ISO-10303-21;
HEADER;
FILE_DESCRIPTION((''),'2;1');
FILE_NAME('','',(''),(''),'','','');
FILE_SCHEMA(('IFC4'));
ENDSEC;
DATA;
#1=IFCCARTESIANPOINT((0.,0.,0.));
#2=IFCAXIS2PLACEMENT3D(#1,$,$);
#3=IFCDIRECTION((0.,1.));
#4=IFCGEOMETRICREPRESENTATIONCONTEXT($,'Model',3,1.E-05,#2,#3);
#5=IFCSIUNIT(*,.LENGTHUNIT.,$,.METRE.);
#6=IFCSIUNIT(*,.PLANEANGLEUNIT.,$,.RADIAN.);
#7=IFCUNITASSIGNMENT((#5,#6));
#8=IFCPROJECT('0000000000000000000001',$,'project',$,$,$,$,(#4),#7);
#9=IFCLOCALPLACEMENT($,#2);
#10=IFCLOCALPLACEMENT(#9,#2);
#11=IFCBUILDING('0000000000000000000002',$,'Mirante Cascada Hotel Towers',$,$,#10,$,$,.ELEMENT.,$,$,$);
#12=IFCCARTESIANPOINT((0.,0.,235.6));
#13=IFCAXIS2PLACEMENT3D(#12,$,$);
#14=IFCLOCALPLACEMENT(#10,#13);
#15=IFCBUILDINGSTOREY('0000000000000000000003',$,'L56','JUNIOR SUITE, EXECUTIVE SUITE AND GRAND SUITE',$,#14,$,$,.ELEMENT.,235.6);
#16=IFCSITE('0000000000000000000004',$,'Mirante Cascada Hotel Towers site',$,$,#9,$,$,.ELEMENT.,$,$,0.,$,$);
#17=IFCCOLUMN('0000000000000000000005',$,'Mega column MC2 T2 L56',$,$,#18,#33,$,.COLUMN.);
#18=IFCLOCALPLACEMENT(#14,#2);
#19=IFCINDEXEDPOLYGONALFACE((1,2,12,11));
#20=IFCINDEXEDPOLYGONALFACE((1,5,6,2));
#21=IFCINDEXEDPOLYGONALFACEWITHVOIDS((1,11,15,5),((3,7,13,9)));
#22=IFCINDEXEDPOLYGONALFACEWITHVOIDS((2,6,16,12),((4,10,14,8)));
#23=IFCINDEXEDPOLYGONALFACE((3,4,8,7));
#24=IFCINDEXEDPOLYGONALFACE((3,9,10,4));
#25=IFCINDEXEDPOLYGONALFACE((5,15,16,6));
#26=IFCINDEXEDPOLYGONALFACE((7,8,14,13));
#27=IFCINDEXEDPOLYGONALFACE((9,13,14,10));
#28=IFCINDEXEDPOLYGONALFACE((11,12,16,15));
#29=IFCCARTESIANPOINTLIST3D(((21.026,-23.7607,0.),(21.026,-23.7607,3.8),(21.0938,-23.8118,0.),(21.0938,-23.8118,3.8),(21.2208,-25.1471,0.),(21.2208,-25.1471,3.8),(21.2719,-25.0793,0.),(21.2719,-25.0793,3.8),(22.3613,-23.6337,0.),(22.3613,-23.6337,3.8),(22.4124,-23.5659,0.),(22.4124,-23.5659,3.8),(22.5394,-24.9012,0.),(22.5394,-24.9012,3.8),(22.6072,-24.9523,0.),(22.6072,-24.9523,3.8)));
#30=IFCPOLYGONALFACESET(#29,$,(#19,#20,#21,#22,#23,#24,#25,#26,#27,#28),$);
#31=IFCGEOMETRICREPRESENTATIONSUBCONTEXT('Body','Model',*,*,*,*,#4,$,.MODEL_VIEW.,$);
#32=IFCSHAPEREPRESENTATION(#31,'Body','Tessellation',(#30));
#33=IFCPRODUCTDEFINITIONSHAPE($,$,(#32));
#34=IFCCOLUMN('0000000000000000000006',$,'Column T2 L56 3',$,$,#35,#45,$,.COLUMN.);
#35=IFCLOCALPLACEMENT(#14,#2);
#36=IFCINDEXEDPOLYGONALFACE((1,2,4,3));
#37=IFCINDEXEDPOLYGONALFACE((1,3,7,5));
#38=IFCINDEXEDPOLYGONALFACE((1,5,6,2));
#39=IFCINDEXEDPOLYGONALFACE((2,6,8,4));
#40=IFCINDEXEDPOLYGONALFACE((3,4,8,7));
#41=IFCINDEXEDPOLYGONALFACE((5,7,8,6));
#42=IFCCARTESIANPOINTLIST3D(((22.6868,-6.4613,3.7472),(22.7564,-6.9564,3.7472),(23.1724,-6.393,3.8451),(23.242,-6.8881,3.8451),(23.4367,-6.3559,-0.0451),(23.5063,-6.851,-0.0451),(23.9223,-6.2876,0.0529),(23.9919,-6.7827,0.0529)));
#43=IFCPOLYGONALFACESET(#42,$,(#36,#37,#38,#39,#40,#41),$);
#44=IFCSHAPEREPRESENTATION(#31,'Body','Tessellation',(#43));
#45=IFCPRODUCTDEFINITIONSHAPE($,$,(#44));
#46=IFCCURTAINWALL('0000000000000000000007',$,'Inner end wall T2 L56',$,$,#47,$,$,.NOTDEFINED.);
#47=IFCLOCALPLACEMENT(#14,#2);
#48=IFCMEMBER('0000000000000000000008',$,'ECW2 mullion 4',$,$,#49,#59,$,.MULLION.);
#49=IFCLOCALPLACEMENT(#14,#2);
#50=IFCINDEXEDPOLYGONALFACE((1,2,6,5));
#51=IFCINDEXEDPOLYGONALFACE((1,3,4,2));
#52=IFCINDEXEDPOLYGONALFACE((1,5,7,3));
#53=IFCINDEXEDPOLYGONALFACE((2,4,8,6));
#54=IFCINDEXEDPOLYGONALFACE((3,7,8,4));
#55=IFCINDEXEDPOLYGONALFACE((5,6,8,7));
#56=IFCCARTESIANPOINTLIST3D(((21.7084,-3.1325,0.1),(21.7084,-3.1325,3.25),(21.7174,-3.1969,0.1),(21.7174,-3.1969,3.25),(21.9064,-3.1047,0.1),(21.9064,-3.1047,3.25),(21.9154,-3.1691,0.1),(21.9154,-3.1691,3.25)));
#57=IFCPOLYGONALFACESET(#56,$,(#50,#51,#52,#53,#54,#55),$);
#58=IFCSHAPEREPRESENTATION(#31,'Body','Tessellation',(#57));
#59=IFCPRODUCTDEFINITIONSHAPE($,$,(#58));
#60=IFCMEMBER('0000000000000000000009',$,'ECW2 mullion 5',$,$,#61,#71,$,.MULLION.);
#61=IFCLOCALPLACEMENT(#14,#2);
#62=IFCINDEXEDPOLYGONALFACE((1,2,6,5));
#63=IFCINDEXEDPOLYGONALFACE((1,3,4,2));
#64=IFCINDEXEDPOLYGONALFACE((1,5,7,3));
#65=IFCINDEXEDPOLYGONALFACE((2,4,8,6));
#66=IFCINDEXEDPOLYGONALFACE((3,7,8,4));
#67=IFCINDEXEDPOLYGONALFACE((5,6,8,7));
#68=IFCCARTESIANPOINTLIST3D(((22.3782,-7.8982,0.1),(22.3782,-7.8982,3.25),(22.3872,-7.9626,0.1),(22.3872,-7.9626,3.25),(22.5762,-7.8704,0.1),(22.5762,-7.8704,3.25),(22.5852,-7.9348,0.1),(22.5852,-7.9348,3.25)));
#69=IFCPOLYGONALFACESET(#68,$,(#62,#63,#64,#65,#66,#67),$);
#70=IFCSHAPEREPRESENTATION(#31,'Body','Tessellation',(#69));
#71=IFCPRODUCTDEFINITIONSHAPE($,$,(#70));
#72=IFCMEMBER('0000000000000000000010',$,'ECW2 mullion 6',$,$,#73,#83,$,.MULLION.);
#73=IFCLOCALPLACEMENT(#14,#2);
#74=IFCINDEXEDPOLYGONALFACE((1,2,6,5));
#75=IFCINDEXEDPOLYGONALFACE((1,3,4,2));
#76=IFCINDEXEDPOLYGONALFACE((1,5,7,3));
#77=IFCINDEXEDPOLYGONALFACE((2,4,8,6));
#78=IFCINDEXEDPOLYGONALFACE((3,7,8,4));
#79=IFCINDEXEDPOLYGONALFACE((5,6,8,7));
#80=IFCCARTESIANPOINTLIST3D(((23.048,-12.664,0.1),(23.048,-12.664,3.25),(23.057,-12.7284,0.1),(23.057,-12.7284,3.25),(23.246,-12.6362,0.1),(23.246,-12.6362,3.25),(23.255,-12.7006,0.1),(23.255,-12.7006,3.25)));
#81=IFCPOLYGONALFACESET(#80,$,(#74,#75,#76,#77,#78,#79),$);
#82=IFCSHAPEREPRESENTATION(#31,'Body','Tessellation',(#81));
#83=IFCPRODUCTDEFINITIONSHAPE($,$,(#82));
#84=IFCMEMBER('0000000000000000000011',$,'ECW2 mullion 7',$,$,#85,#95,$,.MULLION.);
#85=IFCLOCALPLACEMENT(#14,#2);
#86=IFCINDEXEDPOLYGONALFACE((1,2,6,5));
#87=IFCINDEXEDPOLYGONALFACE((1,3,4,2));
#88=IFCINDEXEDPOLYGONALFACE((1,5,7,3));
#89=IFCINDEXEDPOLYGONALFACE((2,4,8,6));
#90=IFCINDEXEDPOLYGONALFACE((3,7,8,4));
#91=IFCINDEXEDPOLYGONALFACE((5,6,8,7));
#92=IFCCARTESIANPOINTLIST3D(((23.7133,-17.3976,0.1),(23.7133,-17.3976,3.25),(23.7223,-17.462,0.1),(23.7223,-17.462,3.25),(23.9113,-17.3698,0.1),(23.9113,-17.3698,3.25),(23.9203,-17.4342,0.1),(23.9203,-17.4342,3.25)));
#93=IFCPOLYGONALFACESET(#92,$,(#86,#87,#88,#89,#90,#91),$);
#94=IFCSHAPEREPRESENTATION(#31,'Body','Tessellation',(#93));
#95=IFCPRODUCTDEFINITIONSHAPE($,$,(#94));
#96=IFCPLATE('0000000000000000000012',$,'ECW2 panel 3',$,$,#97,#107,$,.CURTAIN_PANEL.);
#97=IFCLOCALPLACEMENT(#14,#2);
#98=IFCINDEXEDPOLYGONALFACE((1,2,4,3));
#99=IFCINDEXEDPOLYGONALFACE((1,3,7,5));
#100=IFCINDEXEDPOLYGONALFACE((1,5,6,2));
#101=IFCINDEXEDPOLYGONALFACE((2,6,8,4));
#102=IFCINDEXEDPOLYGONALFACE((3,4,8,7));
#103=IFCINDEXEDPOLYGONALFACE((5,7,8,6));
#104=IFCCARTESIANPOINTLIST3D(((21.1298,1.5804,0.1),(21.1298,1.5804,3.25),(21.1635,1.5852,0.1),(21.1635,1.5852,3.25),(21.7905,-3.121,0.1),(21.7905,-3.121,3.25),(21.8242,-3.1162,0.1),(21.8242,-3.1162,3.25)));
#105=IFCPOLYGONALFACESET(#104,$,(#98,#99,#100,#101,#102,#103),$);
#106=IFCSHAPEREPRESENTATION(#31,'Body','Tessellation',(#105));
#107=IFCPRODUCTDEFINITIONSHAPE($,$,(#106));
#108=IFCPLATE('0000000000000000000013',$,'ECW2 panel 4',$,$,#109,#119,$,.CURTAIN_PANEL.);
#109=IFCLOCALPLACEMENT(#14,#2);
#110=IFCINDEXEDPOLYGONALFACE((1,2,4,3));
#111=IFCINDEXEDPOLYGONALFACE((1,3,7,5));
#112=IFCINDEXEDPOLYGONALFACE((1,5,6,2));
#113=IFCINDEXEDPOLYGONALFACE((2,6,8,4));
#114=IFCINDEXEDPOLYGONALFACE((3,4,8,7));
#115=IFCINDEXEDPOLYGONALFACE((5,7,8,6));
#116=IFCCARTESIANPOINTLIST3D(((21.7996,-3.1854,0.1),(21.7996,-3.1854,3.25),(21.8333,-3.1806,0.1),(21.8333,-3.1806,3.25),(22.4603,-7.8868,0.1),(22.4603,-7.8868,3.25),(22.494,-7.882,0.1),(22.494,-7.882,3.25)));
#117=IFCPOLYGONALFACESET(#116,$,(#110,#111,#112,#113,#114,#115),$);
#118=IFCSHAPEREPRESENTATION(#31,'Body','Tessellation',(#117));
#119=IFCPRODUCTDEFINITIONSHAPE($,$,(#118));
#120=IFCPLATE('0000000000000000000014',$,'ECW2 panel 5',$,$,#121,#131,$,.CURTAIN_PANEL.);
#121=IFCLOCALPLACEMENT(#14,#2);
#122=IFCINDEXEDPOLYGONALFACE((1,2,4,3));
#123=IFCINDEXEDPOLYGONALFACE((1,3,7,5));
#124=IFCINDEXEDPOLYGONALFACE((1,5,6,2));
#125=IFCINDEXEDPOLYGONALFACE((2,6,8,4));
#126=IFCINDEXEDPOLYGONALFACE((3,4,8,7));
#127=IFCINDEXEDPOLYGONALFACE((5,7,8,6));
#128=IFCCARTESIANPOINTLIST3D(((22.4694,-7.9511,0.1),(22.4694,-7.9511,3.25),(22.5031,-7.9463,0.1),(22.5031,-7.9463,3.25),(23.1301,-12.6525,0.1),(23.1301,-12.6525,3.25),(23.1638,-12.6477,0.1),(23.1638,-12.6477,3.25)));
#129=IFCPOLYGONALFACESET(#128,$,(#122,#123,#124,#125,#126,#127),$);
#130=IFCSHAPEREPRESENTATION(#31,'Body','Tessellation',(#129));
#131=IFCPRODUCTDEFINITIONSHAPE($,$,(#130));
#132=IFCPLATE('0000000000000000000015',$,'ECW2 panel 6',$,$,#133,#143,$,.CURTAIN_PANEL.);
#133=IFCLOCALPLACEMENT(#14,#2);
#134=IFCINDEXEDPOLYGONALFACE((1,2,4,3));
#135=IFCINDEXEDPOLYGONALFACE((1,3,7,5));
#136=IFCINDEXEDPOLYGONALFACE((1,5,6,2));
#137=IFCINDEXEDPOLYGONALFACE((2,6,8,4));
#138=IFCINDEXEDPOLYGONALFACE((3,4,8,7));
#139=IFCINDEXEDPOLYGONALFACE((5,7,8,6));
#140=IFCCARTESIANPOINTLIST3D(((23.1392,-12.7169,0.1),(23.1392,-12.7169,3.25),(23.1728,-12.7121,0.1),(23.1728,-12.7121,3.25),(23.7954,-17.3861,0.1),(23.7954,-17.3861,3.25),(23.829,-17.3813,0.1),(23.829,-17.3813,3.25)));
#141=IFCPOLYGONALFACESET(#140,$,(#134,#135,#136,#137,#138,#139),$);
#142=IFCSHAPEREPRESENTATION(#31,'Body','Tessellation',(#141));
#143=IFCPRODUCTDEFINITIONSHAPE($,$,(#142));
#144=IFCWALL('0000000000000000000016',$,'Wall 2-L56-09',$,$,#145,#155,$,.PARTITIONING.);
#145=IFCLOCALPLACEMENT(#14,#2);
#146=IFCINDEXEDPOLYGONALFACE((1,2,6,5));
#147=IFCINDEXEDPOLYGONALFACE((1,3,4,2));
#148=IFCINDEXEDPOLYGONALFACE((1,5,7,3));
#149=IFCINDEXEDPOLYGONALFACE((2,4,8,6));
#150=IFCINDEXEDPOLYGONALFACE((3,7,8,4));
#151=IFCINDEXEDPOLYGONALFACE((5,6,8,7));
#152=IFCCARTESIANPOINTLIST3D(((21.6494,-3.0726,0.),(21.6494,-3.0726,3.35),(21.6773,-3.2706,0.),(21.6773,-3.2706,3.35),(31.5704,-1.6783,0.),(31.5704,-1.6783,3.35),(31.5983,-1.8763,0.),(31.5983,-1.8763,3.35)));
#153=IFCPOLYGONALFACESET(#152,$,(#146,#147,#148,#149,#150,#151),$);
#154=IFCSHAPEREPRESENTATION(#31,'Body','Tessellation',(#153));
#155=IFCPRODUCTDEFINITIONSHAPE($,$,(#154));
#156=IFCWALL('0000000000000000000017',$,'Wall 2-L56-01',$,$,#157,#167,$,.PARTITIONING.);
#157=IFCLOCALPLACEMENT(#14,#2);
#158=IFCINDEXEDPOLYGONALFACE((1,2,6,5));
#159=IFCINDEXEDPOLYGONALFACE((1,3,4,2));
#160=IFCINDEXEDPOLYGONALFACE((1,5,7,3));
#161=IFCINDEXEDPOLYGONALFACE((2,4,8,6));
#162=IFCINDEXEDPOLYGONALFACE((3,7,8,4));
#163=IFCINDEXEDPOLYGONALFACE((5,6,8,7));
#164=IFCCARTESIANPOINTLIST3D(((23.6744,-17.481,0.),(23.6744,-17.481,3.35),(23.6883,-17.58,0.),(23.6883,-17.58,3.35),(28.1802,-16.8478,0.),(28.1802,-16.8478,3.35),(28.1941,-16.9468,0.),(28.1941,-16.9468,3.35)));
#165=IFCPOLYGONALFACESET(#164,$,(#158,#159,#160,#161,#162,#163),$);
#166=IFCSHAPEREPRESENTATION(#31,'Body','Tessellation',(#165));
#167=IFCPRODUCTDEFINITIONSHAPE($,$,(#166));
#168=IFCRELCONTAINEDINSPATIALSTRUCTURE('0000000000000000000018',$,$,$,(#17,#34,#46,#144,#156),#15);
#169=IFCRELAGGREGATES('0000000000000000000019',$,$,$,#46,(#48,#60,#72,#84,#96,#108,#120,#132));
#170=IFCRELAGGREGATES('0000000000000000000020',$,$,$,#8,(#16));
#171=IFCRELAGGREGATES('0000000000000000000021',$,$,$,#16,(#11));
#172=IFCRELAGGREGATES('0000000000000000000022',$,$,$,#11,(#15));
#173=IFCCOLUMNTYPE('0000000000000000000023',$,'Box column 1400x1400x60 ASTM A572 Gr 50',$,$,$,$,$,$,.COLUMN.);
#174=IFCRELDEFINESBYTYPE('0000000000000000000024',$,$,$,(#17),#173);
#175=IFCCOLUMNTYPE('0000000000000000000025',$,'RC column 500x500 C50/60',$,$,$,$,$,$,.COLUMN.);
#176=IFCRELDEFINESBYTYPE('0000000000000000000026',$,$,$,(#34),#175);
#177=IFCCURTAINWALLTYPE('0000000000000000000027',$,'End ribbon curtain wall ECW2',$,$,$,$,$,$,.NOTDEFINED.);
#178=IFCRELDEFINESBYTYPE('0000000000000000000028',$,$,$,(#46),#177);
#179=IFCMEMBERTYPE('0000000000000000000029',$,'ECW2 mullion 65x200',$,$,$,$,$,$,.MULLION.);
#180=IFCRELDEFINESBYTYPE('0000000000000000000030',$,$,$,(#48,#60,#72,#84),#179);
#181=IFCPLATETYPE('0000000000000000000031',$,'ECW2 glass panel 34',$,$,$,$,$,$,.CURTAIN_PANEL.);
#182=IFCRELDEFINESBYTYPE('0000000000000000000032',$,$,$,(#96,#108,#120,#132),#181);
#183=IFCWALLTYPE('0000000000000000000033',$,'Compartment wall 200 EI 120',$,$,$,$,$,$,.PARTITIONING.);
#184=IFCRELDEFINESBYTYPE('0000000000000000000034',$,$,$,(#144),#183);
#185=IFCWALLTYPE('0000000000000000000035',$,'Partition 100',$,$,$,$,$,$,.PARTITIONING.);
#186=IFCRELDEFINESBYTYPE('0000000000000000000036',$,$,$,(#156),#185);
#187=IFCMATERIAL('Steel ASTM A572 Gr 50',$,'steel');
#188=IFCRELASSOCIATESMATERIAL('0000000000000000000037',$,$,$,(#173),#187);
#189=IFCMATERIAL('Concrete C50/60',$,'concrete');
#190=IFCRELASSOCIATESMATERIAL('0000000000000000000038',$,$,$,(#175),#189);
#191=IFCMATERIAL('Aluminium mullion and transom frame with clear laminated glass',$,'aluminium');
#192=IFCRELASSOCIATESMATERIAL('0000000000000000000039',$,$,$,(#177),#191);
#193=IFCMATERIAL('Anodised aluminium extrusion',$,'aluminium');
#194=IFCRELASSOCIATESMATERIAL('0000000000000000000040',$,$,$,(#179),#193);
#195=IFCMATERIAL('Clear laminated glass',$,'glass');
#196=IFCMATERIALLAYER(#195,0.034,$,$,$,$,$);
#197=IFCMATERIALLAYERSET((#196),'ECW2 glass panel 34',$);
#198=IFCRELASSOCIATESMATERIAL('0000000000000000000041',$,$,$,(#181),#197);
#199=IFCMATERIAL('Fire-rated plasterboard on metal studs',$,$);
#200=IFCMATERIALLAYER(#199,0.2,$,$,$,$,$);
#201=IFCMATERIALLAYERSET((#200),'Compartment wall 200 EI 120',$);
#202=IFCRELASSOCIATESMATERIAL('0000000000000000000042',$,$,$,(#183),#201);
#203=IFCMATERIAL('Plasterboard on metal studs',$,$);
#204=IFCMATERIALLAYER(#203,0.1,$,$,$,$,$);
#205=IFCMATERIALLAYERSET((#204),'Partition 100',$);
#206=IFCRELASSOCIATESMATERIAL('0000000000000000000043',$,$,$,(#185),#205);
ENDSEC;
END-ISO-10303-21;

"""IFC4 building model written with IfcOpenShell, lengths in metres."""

from ifc_helpers import new_model, si_unit, direction, frame, frame_2d, origin, origin_2d, place, context, subcontext, project, spatial, rectangle, hollow_rectangle, extrude, material, layer, layer_set, material_profile, profile_set, type_object, element, aggregate, save


model = new_model("IFC4")

# Units and contexts
model_context = context("Model", 3, precision=1e-05, world=origin(), true_north=direction((0.0, 1.0)))
body_context = subcontext(model_context, "Body", "Model", "MODEL_VIEW")
ifc_project = project(units=[si_unit("LENGTHUNIT", "METRE"), si_unit("PLANEANGLEUNIT", "RADIAN")], contexts=[model_context])

# Site, building, storey
site_placement = place(None, origin())
site = spatial("IfcSite", under=ifc_project, at=site_placement, Name="Mirante Cascada Hotel Towers site", CompositionType="ELEMENT", RefElevation=0.0)
building_placement = place(site_placement, origin())
building = spatial("IfcBuilding", under=site, at=building_placement, Name="Mirante Cascada Hotel Towers", CompositionType="ELEMENT")
storey_placement = place(building_placement, frame((0.0, 0.0, 235.6)))
storey = spatial("IfcBuildingStorey", under=building, at=storey_placement, Name="L56", Description="JUNIOR SUITE, EXECUTIVE SUITE AND GRAND SUITE", CompositionType="ELEMENT", Elevation=235.6)

# Columns
ifc_material_1 = material(Name="Steel ASTM A572 Gr 50", Category="steel")
ifc_material_profile_1 = material_profile(ifc_material_1, hollow_rectangle(XDim=1.4, YDim=1.4, WallThickness=0.06, at=origin_2d()), Name="Box column 1400x1400x60 ASTM A572 Gr 50")
ifc_profile_set_1 = profile_set([ifc_material_profile_1], Name="Steel ASTM A572 Gr 50")
column_type_1 = type_object("IfcColumnType", Name="Box column 1400x1400x60 ASTM A572 Gr 50", PredefinedType="COLUMN", material=ifc_profile_set_1)
column_1_placement = place(storey_placement, frame((21.8166, -24.3565, 0.0), z_axis=(0.0, 0.0, 1.0), x_axis=(0.990268, 0.139173, 0.0)))
element("IfcColumn", 1, at=column_1_placement, inside=storey, type_object=column_type_1, Name="Mega column MC2 T2 L56", PredefinedType="COLUMN", context=body_context, shape_type="SweptSolid", body=[
    extrude(hollow_rectangle(XDim=1.4, YDim=1.4, WallThickness=0.06, at=origin_2d()), origin(), (0.0, 0.0, 1.0), 3.8),
])
ifc_material_2 = material(Name="Concrete C50/60", Category="concrete")
ifc_material_profile_2 = material_profile(ifc_material_2, rectangle(XDim=0.5, YDim=0.5, at=origin_2d()), Name="RC column 500x500 C50/60")
ifc_profile_set_2 = profile_set([ifc_material_profile_2], Name="Concrete C50/60")
column_type_2 = type_object("IfcColumnType", Name="RC column 500x500 C50/60", PredefinedType="COLUMN", material=ifc_profile_set_2)
column_2_placement = place(storey_placement, frame((23.7143, -6.5693, 0.0039), z_axis=(-0.193919, -0.027256, 0.980639), x_axis=(0.139184, -0.990267, 0.0)))
element("IfcColumn", 2, at=column_2_placement, inside=storey, type_object=column_type_2, Name="Column T2 L56 3", PredefinedType="COLUMN", context=body_context, shape_type="SweptSolid", body=[
    extrude(rectangle(XDim=0.5, YDim=0.5, at=origin_2d()), origin(), (0.0, 0.0, 1.0), 3.8671),
])

# Curtain wall, members, plates
ifc_material_3 = material(Name="Aluminium mullion and transom frame with clear laminated glass", Category="aluminium")
curtain_wall_type = type_object("IfcCurtainWallType", Name="End ribbon curtain wall ECW2", PredefinedType="NOTDEFINED", material=ifc_material_3)
curtain_wall_placement = place(storey_placement, origin())
curtain_wall = element("IfcCurtainWall", 3, at=curtain_wall_placement, inside=storey, type_object=curtain_wall_type, Name="Inner end wall T2 L56", PredefinedType="NOTDEFINED")
ifc_material_4 = material(Name="Anodised aluminium extrusion", Category="aluminium")
ifc_material_profile_3 = material_profile(ifc_material_4, rectangle(XDim=0.2, YDim=0.065, at=origin_2d()), Name="ECW2 MULLION 65x200")
ifc_profile_set_3 = profile_set([ifc_material_profile_3], Name="Anodised aluminium extrusion")
member_type = type_object("IfcMemberType", Name="ECW2 mullion 65x200", PredefinedType="MULLION", material=ifc_profile_set_3)
member_1_placement = place(storey_placement, frame((21.8119, -3.1508, 0.1), z_axis=(0.0, 0.0, 1.0), x_axis=(0.990268, 0.139173, 0.0)))
member_1 = element("IfcMember", 4, at=member_1_placement, type_object=member_type, Name="ECW2 mullion 4", PredefinedType="MULLION", context=body_context, shape_type="SweptSolid", body=[
    extrude(rectangle(XDim=0.2, YDim=0.065, at=origin_2d()), origin(), (0.0, 0.0, 1.0), 3.15),
])
member_2_placement = place(storey_placement, frame((22.4817, -7.9165, 0.1), z_axis=(0.0, 0.0, 1.0), x_axis=(0.990268, 0.139173, 0.0)))
member_2 = element("IfcMember", 5, at=member_2_placement, type_object=member_type, Name="ECW2 mullion 5", PredefinedType="MULLION", context=body_context, shape_type="SweptSolid", body=[
    extrude(rectangle(XDim=0.2, YDim=0.065, at=origin_2d()), origin(), (0.0, 0.0, 1.0), 3.15),
])
member_3_placement = place(storey_placement, frame((23.1515, -12.6823, 0.1), z_axis=(0.0, 0.0, 1.0), x_axis=(0.990268, 0.139173, 0.0)))
member_3 = element("IfcMember", 6, at=member_3_placement, type_object=member_type, Name="ECW2 mullion 6", PredefinedType="MULLION", context=body_context, shape_type="SweptSolid", body=[
    extrude(rectangle(XDim=0.2, YDim=0.065, at=origin_2d()), origin(), (0.0, 0.0, 1.0), 3.15),
])
member_4_placement = place(storey_placement, frame((23.8168, -17.4159, 0.1), z_axis=(0.0, 0.0, 1.0), x_axis=(0.990268, 0.139173, 0.0)))
member_4 = element("IfcMember", 7, at=member_4_placement, type_object=member_type, Name="ECW2 mullion 7", PredefinedType="MULLION", context=body_context, shape_type="SweptSolid", body=[
    extrude(rectangle(XDim=0.2, YDim=0.065, at=origin_2d()), origin(), (0.0, 0.0, 1.0), 3.15),
])
ifc_material_5 = material(Name="Clear laminated glass", Category="glass")
ifc_layer_1 = layer(ifc_material_5, 0.034)
ifc_layer_set_1 = layer_set([ifc_layer_1], Name="ECW2 glass panel 34")
plate_type = type_object("IfcPlateType", Name="ECW2 glass panel 34", PredefinedType="CURTAIN_PANEL", material=ifc_layer_set_1)
plate_1_placement = place(storey_placement, frame((21.477, -0.7679, 0.1), z_axis=(0.0, 0.0, 1.0), x_axis=(0.139173, -0.990268, 0.0)))
plate_1 = element("IfcPlate", 8, at=plate_1_placement, type_object=plate_type, Name="ECW2 panel 3", PredefinedType="CURTAIN_PANEL", context=body_context, shape_type="SweptSolid", body=[
    extrude(rectangle(XDim=4.7476, YDim=0.034, at=origin_2d()), origin(), (0.0, 0.0, 1.0), 3.15),
])
plate_2_placement = place(storey_placement, frame((22.1468, -5.5337, 0.1), z_axis=(0.0, 0.0, 1.0), x_axis=(0.139173, -0.990268, 0.0)))
plate_2 = element("IfcPlate", 9, at=plate_2_placement, type_object=plate_type, Name="ECW2 panel 4", PredefinedType="CURTAIN_PANEL", context=body_context, shape_type="SweptSolid", body=[
    extrude(rectangle(XDim=4.7476, YDim=0.034, at=origin_2d()), origin(), (0.0, 0.0, 1.0), 3.15),
])
plate_3_placement = place(storey_placement, frame((22.8166, -10.2994, 0.1), z_axis=(0.0, 0.0, 1.0), x_axis=(0.139173, -0.990268, 0.0)))
plate_3 = element("IfcPlate", 10, at=plate_3_placement, type_object=plate_type, Name="ECW2 panel 5", PredefinedType="CURTAIN_PANEL", context=body_context, shape_type="SweptSolid", body=[
    extrude(rectangle(XDim=4.7476, YDim=0.034, at=origin_2d()), origin(), (0.0, 0.0, 1.0), 3.15),
])
plate_4_placement = place(storey_placement, frame((23.4841, -15.0491, 0.1), z_axis=(0.0, 0.0, 1.0), x_axis=(0.139173, -0.990268, 0.0)))
plate_4 = element("IfcPlate", 11, at=plate_4_placement, type_object=plate_type, Name="ECW2 panel 6", PredefinedType="CURTAIN_PANEL", context=body_context, shape_type="SweptSolid", body=[
    extrude(rectangle(XDim=4.7151, YDim=0.034, at=origin_2d()), origin(), (0.0, 0.0, 1.0), 3.15),
])
aggregate(curtain_wall, [member_1, member_2, member_3, member_4, plate_1, plate_2, plate_3, plate_4])

# Walls
ifc_material_6 = material(Name="Fire-rated plasterboard on metal studs")
ifc_layer_2 = layer(ifc_material_6, 0.2)
ifc_layer_set_2 = layer_set([ifc_layer_2], Name="Compartment wall 200 EI 120")
wall_type_1 = type_object("IfcWallType", Name="Compartment wall 200 EI 120", PredefinedType="PARTITIONING", material=ifc_layer_set_2)
wall_1_placement = place(storey_placement, frame((21.6634, -3.1716, 0.0), z_axis=(0.0, 0.0, 1.0), x_axis=(0.990268, 0.139173, 0.0)))
element("IfcWall", 12, at=wall_1_placement, inside=storey, type_object=wall_type_1, Name="Wall 2-L56-09", PredefinedType="PARTITIONING", context=body_context, shape_type="SweptSolid", body=[
    extrude(rectangle(XDim=10.0185, YDim=0.2, at=frame_2d((5.0092, 0.0))), origin(), (0.0, 0.0, 1.0), 3.35),
])
ifc_material_7 = material(Name="Plasterboard on metal studs")
ifc_layer_3 = layer(ifc_material_7, 0.1)
ifc_layer_set_3 = layer_set([ifc_layer_3], Name="Partition 100")
wall_type_2 = type_object("IfcWallType", Name="Partition 100", PredefinedType="PARTITIONING", material=ifc_layer_set_3)
wall_2_placement = place(storey_placement, frame((23.6814, -17.5305, 0.0), z_axis=(0.0, 0.0, 1.0), x_axis=(0.99027, 0.139163, 0.0)))
element("IfcWall", 13, at=wall_2_placement, inside=storey, type_object=wall_type_2, Name="Wall 2-L56-01", PredefinedType="PARTITIONING", context=body_context, shape_type="SweptSolid", body=[
    extrude(rectangle(XDim=4.5501, YDim=0.1, at=frame_2d((2.275, 0.0))), origin(), (0.0, 0.0, 1.0), 3.35),
])

save(model, "model.ifc")
